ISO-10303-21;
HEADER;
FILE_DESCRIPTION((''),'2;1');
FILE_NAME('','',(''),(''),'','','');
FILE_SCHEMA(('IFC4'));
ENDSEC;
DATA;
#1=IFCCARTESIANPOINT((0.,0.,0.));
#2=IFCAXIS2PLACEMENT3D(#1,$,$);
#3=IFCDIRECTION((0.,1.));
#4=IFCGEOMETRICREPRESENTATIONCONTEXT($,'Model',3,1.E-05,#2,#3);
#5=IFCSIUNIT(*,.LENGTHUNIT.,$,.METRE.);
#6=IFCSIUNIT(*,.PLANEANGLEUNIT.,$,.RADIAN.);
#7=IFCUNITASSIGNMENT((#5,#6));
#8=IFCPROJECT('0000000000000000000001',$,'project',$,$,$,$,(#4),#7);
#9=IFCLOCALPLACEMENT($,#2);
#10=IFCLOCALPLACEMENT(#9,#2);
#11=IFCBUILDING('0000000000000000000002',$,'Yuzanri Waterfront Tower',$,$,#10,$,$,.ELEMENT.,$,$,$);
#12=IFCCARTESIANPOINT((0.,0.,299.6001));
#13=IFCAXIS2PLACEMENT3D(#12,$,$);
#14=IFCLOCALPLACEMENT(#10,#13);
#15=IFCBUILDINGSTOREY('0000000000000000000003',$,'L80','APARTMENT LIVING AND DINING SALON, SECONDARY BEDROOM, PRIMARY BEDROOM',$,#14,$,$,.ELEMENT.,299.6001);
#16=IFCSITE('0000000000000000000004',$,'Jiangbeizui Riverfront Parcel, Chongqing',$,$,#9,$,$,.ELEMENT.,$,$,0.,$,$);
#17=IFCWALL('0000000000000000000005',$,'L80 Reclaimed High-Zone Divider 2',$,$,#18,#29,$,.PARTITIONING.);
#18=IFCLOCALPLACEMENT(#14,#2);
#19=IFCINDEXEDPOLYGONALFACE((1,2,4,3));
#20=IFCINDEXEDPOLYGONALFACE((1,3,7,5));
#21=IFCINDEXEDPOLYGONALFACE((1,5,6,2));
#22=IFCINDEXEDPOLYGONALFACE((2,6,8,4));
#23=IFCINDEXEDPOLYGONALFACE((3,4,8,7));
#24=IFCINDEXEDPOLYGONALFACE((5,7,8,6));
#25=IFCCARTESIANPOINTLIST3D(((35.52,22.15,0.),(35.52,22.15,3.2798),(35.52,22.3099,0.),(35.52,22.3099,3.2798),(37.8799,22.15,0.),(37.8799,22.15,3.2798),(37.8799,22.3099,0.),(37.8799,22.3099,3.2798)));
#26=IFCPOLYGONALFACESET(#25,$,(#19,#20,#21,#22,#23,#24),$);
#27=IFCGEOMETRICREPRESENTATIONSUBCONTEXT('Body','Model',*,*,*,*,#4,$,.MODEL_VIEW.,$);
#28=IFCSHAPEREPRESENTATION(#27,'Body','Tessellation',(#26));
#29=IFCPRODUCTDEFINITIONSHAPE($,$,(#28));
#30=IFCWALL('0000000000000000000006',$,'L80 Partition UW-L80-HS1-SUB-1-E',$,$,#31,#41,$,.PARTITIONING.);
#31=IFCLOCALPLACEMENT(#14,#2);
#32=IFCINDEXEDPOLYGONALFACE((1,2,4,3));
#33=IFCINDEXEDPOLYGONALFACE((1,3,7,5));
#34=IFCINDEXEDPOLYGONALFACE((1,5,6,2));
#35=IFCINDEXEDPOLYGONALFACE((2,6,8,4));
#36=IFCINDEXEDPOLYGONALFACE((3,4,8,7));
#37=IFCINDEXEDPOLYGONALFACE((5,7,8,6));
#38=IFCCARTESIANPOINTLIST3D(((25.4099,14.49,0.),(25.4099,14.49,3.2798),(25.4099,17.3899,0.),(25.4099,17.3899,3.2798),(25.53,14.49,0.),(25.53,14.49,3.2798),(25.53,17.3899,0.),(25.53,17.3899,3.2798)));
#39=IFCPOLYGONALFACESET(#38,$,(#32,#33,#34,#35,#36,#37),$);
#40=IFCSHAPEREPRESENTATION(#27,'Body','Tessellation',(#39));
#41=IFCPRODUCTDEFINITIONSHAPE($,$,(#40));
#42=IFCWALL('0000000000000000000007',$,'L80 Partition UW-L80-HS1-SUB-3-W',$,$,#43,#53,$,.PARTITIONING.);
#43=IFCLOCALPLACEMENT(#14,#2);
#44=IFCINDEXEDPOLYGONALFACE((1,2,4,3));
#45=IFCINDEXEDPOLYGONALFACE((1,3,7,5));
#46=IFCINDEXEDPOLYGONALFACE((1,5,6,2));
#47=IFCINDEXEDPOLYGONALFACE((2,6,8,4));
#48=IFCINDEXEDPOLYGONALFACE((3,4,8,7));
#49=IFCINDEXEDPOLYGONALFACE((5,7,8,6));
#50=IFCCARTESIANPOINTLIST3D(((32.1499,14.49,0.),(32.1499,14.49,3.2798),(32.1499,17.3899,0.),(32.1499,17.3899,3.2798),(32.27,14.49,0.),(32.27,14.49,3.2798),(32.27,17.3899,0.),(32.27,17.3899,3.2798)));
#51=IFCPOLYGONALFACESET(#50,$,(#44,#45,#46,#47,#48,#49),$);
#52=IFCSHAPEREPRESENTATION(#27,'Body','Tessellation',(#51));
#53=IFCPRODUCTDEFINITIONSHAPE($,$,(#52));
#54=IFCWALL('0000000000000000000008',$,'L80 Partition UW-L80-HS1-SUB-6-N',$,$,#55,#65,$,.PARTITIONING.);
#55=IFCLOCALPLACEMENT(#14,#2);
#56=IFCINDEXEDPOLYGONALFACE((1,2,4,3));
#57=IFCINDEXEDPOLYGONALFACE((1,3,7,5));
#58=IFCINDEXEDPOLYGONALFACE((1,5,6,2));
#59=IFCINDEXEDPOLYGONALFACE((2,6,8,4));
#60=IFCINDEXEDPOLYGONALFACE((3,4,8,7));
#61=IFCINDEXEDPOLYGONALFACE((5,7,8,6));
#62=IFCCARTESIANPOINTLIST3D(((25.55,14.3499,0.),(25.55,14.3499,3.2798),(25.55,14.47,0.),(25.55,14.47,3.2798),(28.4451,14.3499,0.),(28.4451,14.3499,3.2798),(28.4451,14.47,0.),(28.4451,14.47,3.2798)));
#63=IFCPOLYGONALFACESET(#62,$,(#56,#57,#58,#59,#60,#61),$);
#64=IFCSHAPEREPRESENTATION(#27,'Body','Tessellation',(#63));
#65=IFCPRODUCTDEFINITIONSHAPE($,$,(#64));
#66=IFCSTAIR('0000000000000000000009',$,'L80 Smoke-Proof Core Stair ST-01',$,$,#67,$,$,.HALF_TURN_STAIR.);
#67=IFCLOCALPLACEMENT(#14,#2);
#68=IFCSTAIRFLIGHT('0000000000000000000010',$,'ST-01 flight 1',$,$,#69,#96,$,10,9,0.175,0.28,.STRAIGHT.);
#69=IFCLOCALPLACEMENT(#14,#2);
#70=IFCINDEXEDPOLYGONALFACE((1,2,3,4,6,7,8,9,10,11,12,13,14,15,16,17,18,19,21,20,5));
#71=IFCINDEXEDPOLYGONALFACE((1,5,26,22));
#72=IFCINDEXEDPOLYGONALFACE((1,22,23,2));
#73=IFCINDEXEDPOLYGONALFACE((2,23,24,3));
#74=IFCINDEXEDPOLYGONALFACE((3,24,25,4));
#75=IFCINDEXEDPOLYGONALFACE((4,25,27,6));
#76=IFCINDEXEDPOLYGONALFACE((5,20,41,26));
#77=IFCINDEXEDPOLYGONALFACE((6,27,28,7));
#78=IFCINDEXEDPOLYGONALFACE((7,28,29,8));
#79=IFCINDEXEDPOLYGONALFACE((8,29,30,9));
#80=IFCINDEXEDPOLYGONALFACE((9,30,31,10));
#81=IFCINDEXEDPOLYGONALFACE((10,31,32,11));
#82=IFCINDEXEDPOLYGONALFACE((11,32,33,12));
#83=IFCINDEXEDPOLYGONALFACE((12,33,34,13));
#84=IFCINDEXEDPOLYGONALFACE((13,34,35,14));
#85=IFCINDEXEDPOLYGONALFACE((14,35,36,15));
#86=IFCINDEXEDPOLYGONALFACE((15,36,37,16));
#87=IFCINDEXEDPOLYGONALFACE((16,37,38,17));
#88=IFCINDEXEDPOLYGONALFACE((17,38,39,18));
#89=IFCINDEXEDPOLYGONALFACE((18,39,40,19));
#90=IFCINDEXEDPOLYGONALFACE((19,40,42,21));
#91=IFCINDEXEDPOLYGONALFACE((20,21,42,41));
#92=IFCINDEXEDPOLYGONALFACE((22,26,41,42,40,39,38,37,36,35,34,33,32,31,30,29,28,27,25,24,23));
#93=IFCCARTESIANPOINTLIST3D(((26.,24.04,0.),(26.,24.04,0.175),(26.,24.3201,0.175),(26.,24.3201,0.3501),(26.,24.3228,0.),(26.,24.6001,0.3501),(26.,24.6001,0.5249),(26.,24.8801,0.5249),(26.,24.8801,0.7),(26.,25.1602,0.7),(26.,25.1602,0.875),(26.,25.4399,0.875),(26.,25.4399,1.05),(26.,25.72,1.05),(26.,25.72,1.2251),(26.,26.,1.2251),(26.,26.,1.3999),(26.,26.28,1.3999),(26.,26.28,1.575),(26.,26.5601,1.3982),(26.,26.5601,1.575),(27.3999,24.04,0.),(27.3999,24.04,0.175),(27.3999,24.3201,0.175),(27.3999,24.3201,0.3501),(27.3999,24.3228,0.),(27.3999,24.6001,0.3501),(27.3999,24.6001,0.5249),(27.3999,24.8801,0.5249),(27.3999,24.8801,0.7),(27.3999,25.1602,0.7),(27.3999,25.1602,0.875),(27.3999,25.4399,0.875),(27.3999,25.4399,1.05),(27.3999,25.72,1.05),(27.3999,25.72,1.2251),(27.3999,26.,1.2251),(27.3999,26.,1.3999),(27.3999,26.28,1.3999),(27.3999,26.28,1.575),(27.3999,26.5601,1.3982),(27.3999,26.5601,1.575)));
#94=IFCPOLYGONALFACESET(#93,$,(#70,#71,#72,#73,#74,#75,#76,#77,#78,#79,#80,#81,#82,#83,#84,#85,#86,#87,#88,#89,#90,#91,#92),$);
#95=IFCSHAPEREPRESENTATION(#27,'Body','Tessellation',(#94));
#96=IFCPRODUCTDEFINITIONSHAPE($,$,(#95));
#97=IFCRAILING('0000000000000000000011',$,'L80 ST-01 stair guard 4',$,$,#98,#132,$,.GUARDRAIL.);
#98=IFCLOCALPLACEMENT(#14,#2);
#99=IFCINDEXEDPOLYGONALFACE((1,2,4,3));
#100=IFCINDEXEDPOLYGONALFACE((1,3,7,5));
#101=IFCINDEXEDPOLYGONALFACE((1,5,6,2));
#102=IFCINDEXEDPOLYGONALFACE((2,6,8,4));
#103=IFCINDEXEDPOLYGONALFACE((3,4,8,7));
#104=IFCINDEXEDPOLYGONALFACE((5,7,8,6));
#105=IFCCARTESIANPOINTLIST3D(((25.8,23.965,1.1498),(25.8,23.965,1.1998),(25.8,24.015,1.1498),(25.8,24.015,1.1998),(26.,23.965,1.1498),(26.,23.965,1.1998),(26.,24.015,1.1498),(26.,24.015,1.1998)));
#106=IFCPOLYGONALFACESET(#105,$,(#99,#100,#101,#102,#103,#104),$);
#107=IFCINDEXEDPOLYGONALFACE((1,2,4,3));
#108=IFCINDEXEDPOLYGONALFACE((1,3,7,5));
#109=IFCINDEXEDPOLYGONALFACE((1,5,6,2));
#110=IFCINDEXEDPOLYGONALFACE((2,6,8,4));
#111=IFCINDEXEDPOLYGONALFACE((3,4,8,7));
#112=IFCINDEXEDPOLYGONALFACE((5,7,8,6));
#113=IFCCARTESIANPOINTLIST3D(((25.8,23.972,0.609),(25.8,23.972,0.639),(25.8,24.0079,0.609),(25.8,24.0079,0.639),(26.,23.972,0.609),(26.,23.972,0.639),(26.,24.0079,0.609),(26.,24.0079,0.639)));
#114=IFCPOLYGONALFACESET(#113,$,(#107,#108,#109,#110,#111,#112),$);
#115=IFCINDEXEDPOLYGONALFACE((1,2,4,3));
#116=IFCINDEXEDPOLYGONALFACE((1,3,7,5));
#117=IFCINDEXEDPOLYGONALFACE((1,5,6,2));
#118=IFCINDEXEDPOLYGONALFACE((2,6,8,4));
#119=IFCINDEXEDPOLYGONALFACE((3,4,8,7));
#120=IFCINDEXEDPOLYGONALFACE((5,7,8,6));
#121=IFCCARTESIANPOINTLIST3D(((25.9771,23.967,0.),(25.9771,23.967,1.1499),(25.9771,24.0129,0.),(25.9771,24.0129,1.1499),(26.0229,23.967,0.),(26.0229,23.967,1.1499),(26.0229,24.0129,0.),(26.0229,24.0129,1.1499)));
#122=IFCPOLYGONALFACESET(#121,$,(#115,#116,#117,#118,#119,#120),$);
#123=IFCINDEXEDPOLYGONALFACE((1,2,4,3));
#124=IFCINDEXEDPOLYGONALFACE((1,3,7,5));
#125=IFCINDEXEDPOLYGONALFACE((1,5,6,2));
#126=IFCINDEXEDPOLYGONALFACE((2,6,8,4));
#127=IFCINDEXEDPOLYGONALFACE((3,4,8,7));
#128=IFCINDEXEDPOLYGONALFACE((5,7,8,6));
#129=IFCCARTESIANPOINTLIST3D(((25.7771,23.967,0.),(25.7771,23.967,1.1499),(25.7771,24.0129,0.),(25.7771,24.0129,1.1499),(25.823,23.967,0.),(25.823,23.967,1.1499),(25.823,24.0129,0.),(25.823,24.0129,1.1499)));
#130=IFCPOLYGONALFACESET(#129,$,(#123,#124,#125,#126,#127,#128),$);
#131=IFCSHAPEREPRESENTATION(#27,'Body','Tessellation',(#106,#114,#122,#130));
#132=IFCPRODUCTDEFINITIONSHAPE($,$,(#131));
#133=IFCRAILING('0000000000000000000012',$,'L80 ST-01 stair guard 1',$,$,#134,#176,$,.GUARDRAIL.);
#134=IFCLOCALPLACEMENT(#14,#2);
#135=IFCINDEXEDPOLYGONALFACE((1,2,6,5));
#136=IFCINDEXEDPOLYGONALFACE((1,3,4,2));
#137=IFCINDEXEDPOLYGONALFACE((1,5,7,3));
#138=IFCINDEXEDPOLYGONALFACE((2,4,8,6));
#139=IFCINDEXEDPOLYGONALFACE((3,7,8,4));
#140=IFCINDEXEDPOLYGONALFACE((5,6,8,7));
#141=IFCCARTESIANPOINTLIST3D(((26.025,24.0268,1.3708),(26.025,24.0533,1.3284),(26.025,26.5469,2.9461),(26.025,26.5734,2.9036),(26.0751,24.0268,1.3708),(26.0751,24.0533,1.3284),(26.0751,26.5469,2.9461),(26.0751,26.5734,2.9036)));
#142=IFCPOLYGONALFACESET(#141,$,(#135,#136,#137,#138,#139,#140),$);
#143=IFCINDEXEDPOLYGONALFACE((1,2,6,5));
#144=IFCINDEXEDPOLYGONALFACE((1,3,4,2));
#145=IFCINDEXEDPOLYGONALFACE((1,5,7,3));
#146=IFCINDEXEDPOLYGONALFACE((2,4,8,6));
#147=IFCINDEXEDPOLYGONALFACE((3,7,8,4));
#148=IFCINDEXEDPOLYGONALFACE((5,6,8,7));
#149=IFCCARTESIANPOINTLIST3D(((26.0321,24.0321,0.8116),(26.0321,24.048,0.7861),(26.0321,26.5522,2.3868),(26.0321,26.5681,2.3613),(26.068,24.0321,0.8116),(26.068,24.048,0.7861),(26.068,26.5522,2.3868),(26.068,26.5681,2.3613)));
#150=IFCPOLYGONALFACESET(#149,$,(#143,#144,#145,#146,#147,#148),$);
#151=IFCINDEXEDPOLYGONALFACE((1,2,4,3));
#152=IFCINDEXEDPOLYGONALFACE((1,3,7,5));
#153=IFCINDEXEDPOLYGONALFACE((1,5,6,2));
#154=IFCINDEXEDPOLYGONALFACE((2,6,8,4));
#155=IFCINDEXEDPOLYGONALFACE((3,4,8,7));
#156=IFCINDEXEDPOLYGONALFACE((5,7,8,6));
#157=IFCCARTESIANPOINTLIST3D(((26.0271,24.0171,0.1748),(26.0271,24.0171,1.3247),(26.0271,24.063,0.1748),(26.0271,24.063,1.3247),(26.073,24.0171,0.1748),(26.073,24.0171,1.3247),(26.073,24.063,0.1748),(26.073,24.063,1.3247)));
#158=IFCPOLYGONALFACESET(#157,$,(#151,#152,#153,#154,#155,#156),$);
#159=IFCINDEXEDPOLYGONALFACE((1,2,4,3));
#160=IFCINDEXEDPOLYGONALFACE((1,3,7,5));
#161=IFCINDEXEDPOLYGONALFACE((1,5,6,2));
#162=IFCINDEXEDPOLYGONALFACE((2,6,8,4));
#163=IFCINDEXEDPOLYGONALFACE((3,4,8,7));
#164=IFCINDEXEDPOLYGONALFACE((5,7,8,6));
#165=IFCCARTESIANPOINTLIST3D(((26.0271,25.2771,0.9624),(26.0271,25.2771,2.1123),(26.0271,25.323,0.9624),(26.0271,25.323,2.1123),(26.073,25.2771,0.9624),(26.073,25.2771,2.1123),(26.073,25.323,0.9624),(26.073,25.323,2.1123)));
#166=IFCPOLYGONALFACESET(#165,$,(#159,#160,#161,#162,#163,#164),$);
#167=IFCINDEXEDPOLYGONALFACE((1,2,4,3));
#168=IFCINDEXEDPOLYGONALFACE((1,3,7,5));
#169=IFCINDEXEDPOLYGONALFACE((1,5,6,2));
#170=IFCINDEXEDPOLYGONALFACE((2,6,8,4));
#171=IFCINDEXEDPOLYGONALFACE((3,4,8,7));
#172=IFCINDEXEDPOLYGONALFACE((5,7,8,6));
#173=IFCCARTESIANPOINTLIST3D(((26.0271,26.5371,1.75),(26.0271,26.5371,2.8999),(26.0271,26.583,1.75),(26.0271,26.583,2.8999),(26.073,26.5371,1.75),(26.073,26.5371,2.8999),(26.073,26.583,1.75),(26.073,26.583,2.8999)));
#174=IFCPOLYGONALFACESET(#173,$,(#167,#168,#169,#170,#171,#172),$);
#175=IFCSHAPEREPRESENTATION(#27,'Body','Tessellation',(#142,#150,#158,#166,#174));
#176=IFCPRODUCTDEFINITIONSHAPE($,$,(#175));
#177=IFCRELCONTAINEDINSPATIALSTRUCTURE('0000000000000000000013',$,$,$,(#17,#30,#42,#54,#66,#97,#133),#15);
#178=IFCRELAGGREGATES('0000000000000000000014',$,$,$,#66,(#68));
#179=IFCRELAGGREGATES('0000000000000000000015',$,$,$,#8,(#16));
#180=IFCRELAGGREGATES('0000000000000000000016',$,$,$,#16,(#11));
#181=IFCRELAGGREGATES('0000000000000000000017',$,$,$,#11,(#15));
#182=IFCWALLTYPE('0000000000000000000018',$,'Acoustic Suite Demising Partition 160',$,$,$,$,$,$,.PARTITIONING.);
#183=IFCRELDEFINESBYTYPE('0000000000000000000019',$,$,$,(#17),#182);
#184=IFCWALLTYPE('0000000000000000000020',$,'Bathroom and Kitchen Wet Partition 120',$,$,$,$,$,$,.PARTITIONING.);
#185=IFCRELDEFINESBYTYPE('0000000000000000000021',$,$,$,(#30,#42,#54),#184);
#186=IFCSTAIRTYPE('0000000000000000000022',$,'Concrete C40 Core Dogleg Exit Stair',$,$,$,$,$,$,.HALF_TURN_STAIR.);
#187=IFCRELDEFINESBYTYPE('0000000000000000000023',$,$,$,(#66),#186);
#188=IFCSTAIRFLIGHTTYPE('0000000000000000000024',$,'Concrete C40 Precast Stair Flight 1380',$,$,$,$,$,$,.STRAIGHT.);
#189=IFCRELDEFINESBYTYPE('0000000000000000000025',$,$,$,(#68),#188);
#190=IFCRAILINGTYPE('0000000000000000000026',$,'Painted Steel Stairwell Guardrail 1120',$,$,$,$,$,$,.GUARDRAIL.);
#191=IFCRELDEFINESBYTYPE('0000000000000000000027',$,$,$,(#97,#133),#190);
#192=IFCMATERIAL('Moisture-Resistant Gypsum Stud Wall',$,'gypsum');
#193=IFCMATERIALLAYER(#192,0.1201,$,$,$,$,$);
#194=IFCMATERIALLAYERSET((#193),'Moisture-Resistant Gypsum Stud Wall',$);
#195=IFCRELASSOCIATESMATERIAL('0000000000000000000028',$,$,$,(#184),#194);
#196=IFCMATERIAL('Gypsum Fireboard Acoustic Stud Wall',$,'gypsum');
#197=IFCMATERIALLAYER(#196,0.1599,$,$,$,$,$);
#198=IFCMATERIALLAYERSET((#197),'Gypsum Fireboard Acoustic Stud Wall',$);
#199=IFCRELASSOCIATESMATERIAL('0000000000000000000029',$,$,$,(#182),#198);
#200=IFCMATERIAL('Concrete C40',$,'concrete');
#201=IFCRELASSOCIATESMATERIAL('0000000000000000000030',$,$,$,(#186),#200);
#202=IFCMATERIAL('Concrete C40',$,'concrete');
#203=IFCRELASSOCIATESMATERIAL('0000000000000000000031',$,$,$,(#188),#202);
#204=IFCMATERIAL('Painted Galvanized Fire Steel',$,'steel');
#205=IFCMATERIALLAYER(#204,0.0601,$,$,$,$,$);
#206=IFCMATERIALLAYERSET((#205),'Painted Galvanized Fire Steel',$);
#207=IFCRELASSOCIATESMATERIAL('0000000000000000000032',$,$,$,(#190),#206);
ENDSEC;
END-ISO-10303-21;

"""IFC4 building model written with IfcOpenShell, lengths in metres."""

from ifc_helpers import new_model, si_unit, direction, frame, frame_2d, origin, origin_2d, place, context, subcontext, project, spatial, polyline, rectangle, outline, extrude, source, transform, mapped, material, layer, layer_set, type_object, element, aggregate, save


model = new_model("IFC4")

# Units and contexts
model_context = context("Model", 3, precision=1e-05, world=origin(), true_north=direction((0.0, 1.0)))
body_context = subcontext(model_context, "Body", "Model", "MODEL_VIEW")
ifc_project = project(units=[si_unit("LENGTHUNIT", "METRE"), si_unit("PLANEANGLEUNIT", "RADIAN")], contexts=[model_context])

# Site, building, storey
site_placement = place(None, origin())
site = spatial("IfcSite", under=ifc_project, at=site_placement, Name="Jiangbeizui Riverfront Parcel, Chongqing", CompositionType="ELEMENT", RefElevation=0.0)
building_placement = place(site_placement, origin())
building = spatial("IfcBuilding", under=site, at=building_placement, Name="Yuzanri Waterfront Tower", CompositionType="ELEMENT")
storey_placement = place(building_placement, frame((0.0, 0.0, 299.6001)))
storey = spatial("IfcBuildingStorey", under=building, at=storey_placement, Name="L80", Description="APARTMENT LIVING AND DINING SALON, SECONDARY BEDROOM, PRIMARY BEDROOM", CompositionType="ELEMENT", Elevation=299.6001)

# Shared definitions
ifc_material_1 = material(Name="Moisture-Resistant Gypsum Stud Wall", Category="gypsum")
ifc_layer_1 = layer(ifc_material_1, 0.1201)
ifc_layer_set_1 = layer_set([ifc_layer_1], Name="Moisture-Resistant Gypsum Stud Wall")
wall_type_1 = type_object("IfcWallType", Name="Bathroom and Kitchen Wet Partition 120", PredefinedType="PARTITIONING", material=ifc_layer_set_1)

# Walls
ifc_material_2 = material(Name="Gypsum Fireboard Acoustic Stud Wall", Category="gypsum")
ifc_layer_2 = layer(ifc_material_2, 0.1599)
ifc_layer_set_2 = layer_set([ifc_layer_2], Name="Gypsum Fireboard Acoustic Stud Wall")
wall_type_2 = type_object("IfcWallType", Name="Acoustic Suite Demising Partition 160", PredefinedType="PARTITIONING", material=ifc_layer_set_2)
shared_shape_1 = source(origin(), body_context, "Body", "SweptSolid", [
    extrude(rectangle(XDim=2.3599, YDim=0.1599, at=frame_2d((1.1799, 0.0))), origin(), (0.0, 0.0, 1.0), 3.2798),
])
wall_1_placement = place(storey_placement, frame((35.52, 22.23, 0.0), z_axis=(0.0, 0.0, 1.0), x_axis=(1.0, 0.0, 0.0)))
element("IfcWall", 1, at=wall_1_placement, inside=storey, type_object=wall_type_2, Name="L80 Reclaimed High-Zone Divider 2", PredefinedType="PARTITIONING", context=body_context, shape_type="MappedRepresentation", body=[
    mapped(shared_shape_1, transform((0.0, 0.0, 0.0), scale=1.0)),
])
shared_shape_2 = source(origin(), body_context, "Body", "SweptSolid", [
    extrude(rectangle(XDim=2.8999, YDim=0.1201, at=frame_2d((1.45, 0.0))), origin(), (0.0, 0.0, 1.0), 3.2798),
])
for number, where, z_axis, x_axis, name in (
    (2, (25.47, 14.49, 0.0), (0.0, 0.0, 1.0), (0.0, 1.0, 0.0), "L80 Partition UW-L80-HS1-SUB-1-E"),
    (3, (32.21, 14.49, 0.0), (0.0, 0.0, 1.0), (0.0, 1.0, 0.0), "L80 Partition UW-L80-HS1-SUB-3-W"),
):
    element("IfcWall", number, at=place(storey_placement, frame(where, z_axis=z_axis, x_axis=x_axis)), inside=storey, type_object=wall_type_1, Name=name, PredefinedType="PARTITIONING", context=body_context, shape_type="MappedRepresentation", body=[
        mapped(shared_shape_2, transform((0.0, 0.0, 0.0), scale=1.0)),
    ])
shared_shape_3 = source(origin(), body_context, "Body", "SweptSolid", [
    extrude(rectangle(XDim=2.895, YDim=0.1201, at=frame_2d((1.4475, 0.0))), origin(), (0.0, 0.0, 1.0), 3.2798),
])
wall_2_placement = place(storey_placement, frame((25.55, 14.4099, 0.0), z_axis=(0.0, 0.0, 1.0), x_axis=(1.0, 0.0, 0.0)))
element("IfcWall", 4, at=wall_2_placement, inside=storey, type_object=wall_type_1, Name="L80 Partition UW-L80-HS1-SUB-6-N", PredefinedType="PARTITIONING", context=body_context, shape_type="MappedRepresentation", body=[
    mapped(shared_shape_3, transform((0.0, 0.0, 0.0), scale=1.0)),
])

# Stair, stair flight
ifc_material_3 = material(Name="Concrete C40", Category="concrete")
stair_type = type_object("IfcStairType", Name="Concrete C40 Core Dogleg Exit Stair", PredefinedType="HALF_TURN_STAIR", material=ifc_material_3)
stair_placement = place(storey_placement, origin())
stair = element("IfcStair", 5, at=stair_placement, inside=storey, type_object=stair_type, Name="L80 Smoke-Proof Core Stair ST-01", PredefinedType="HALF_TURN_STAIR")
ifc_material_4 = material(Name="Concrete C40", Category="concrete")
stair_flight_type = type_object("IfcStairFlightType", Name="Concrete C40 Precast Stair Flight 1380", PredefinedType="STRAIGHT", material=ifc_material_4)
shared_shape_4 = source(origin(), body_context, "Body", "SweptSolid", [
    extrude(outline(polyline([(0.0, 0.0), (0.0, 0.175), (0.28, 0.175), (0.28, 0.3501), (0.5601, 0.3501), (0.5601, 0.5249), (0.8401, 0.5249), (0.8401, 0.7), (1.1201, 0.7), (1.1201, 0.875), (1.3999, 0.875), (1.3999, 1.05), (1.6799, 1.05), (1.6799, 1.2251), (1.96, 1.2251), (1.96, 1.3999), (2.24, 1.3999), (2.24, 1.575), (2.52, 1.575), (2.52, 1.75), (2.52, 1.3982), (0.2827, 0.0), (0.0, 0.0)])), frame((0.0, 0.7, 0.0), z_axis=(0.0, -1.0, 0.0), x_axis=(1.0, 0.0, 0.0)), (0.0, 0.0, 1.0), 1.3999),
])
stair_flight_placement = place(storey_placement, frame((26.7, 24.04, 0.0), z_axis=(0.0, 0.0, 1.0), x_axis=(0.0, 1.0, 0.0)))
stair_flight = element("IfcStairFlight", 6, at=stair_flight_placement, type_object=stair_flight_type, Name="ST-01 flight 1", NumberOfRisers=10, NumberOfTreads=9, PredefinedType="STRAIGHT", RiserHeight=0.175, TreadLength=0.28, context=body_context, shape_type="MappedRepresentation", body=[
    mapped(shared_shape_4, transform((0.0, 0.0, 0.0), scale=1.0)),
])
aggregate(stair, [stair_flight])

# Railings
ifc_material_5 = material(Name="Painted Galvanized Fire Steel", Category="steel")
ifc_layer_3 = layer(ifc_material_5, 0.0601)
ifc_layer_set_3 = layer_set([ifc_layer_3], Name="Painted Galvanized Fire Steel")
railing_type = type_object("IfcRailingType", Name="Painted Steel Stairwell Guardrail 1120", PredefinedType="GUARDRAIL", material=ifc_layer_set_3)
shared_shape_5 = source(origin(), body_context, "Body", "SweptSolid", [
    extrude(rectangle(XDim=0.05, YDim=0.05, at=origin_2d()), frame((0.0, 0.0, 1.1748), z_axis=(-1.0, 0.0, 0.0), x_axis=(0.0, -1.0, 0.0)), (0.0, 0.0, 1.0), 0.2),
    extrude(rectangle(XDim=0.0359, YDim=0.03, at=origin_2d()), frame((0.0, 0.0, 0.624), z_axis=(-1.0, 0.0, 0.0), x_axis=(0.0, -1.0, 0.0)), (0.0, 0.0, 1.0), 0.2),
    extrude(rectangle(XDim=0.0459, YDim=0.0459, at=origin_2d()), origin(), (0.0, 0.0, 1.0), 1.1499),
    extrude(rectangle(XDim=0.0459, YDim=0.0459, at=origin_2d()), frame((-0.2, 0.0, 0.0)), (0.0, 0.0, 1.0), 1.1499),
])
railing_1_placement = place(storey_placement, frame((26.0, 23.99, 0.0)))
element("IfcRailing", 7, at=railing_1_placement, inside=storey, type_object=railing_type, Name="L80 ST-01 stair guard 4", PredefinedType="GUARDRAIL", context=body_context, shape_type="MappedRepresentation", body=[
    mapped(shared_shape_5, transform((0.0, 0.0, 0.0), scale=1.0)),
])
shared_shape_6 = source(origin(), body_context, "Body", "SweptSolid", [
    extrude(rectangle(XDim=0.05, YDim=0.05, at=origin_2d()), frame((0.0, 0.0, 1.1748), z_axis=(0.0, 0.847971, 0.530043), x_axis=(-1.0, 0.0, 0.0)), (0.0, 0.0, 1.0), 2.9719),
    extrude(rectangle(XDim=0.0359, YDim=0.03, at=origin_2d()), frame((0.0, 0.0, 0.624), z_axis=(0.0, 0.847971, 0.530043), x_axis=(-1.0, 0.0, 0.0)), (0.0, 0.0, 1.0), 2.9719),
    extrude(rectangle(XDim=0.0459, YDim=0.0459, at=origin_2d()), origin(), (0.0, 0.0, 1.0), 1.1499),
    extrude(rectangle(XDim=0.0459, YDim=0.0459, at=origin_2d()), frame((0.0, 1.26, 0.7876)), (0.0, 0.0, 1.0), 1.1499),
    extrude(rectangle(XDim=0.0459, YDim=0.0459, at=origin_2d()), frame((0.0, 2.52, 1.5752)), (0.0, 0.0, 1.0), 1.1499),
])
railing_2_placement = place(storey_placement, frame((26.05, 24.04, 0.1748)))
element("IfcRailing", 8, at=railing_2_placement, inside=storey, type_object=railing_type, Name="L80 ST-01 stair guard 1", PredefinedType="GUARDRAIL", context=body_context, shape_type="MappedRepresentation", body=[
    mapped(shared_shape_6, transform((0.0, 0.0, 0.0), scale=1.0)),
])

save(model, "model.ifc")
